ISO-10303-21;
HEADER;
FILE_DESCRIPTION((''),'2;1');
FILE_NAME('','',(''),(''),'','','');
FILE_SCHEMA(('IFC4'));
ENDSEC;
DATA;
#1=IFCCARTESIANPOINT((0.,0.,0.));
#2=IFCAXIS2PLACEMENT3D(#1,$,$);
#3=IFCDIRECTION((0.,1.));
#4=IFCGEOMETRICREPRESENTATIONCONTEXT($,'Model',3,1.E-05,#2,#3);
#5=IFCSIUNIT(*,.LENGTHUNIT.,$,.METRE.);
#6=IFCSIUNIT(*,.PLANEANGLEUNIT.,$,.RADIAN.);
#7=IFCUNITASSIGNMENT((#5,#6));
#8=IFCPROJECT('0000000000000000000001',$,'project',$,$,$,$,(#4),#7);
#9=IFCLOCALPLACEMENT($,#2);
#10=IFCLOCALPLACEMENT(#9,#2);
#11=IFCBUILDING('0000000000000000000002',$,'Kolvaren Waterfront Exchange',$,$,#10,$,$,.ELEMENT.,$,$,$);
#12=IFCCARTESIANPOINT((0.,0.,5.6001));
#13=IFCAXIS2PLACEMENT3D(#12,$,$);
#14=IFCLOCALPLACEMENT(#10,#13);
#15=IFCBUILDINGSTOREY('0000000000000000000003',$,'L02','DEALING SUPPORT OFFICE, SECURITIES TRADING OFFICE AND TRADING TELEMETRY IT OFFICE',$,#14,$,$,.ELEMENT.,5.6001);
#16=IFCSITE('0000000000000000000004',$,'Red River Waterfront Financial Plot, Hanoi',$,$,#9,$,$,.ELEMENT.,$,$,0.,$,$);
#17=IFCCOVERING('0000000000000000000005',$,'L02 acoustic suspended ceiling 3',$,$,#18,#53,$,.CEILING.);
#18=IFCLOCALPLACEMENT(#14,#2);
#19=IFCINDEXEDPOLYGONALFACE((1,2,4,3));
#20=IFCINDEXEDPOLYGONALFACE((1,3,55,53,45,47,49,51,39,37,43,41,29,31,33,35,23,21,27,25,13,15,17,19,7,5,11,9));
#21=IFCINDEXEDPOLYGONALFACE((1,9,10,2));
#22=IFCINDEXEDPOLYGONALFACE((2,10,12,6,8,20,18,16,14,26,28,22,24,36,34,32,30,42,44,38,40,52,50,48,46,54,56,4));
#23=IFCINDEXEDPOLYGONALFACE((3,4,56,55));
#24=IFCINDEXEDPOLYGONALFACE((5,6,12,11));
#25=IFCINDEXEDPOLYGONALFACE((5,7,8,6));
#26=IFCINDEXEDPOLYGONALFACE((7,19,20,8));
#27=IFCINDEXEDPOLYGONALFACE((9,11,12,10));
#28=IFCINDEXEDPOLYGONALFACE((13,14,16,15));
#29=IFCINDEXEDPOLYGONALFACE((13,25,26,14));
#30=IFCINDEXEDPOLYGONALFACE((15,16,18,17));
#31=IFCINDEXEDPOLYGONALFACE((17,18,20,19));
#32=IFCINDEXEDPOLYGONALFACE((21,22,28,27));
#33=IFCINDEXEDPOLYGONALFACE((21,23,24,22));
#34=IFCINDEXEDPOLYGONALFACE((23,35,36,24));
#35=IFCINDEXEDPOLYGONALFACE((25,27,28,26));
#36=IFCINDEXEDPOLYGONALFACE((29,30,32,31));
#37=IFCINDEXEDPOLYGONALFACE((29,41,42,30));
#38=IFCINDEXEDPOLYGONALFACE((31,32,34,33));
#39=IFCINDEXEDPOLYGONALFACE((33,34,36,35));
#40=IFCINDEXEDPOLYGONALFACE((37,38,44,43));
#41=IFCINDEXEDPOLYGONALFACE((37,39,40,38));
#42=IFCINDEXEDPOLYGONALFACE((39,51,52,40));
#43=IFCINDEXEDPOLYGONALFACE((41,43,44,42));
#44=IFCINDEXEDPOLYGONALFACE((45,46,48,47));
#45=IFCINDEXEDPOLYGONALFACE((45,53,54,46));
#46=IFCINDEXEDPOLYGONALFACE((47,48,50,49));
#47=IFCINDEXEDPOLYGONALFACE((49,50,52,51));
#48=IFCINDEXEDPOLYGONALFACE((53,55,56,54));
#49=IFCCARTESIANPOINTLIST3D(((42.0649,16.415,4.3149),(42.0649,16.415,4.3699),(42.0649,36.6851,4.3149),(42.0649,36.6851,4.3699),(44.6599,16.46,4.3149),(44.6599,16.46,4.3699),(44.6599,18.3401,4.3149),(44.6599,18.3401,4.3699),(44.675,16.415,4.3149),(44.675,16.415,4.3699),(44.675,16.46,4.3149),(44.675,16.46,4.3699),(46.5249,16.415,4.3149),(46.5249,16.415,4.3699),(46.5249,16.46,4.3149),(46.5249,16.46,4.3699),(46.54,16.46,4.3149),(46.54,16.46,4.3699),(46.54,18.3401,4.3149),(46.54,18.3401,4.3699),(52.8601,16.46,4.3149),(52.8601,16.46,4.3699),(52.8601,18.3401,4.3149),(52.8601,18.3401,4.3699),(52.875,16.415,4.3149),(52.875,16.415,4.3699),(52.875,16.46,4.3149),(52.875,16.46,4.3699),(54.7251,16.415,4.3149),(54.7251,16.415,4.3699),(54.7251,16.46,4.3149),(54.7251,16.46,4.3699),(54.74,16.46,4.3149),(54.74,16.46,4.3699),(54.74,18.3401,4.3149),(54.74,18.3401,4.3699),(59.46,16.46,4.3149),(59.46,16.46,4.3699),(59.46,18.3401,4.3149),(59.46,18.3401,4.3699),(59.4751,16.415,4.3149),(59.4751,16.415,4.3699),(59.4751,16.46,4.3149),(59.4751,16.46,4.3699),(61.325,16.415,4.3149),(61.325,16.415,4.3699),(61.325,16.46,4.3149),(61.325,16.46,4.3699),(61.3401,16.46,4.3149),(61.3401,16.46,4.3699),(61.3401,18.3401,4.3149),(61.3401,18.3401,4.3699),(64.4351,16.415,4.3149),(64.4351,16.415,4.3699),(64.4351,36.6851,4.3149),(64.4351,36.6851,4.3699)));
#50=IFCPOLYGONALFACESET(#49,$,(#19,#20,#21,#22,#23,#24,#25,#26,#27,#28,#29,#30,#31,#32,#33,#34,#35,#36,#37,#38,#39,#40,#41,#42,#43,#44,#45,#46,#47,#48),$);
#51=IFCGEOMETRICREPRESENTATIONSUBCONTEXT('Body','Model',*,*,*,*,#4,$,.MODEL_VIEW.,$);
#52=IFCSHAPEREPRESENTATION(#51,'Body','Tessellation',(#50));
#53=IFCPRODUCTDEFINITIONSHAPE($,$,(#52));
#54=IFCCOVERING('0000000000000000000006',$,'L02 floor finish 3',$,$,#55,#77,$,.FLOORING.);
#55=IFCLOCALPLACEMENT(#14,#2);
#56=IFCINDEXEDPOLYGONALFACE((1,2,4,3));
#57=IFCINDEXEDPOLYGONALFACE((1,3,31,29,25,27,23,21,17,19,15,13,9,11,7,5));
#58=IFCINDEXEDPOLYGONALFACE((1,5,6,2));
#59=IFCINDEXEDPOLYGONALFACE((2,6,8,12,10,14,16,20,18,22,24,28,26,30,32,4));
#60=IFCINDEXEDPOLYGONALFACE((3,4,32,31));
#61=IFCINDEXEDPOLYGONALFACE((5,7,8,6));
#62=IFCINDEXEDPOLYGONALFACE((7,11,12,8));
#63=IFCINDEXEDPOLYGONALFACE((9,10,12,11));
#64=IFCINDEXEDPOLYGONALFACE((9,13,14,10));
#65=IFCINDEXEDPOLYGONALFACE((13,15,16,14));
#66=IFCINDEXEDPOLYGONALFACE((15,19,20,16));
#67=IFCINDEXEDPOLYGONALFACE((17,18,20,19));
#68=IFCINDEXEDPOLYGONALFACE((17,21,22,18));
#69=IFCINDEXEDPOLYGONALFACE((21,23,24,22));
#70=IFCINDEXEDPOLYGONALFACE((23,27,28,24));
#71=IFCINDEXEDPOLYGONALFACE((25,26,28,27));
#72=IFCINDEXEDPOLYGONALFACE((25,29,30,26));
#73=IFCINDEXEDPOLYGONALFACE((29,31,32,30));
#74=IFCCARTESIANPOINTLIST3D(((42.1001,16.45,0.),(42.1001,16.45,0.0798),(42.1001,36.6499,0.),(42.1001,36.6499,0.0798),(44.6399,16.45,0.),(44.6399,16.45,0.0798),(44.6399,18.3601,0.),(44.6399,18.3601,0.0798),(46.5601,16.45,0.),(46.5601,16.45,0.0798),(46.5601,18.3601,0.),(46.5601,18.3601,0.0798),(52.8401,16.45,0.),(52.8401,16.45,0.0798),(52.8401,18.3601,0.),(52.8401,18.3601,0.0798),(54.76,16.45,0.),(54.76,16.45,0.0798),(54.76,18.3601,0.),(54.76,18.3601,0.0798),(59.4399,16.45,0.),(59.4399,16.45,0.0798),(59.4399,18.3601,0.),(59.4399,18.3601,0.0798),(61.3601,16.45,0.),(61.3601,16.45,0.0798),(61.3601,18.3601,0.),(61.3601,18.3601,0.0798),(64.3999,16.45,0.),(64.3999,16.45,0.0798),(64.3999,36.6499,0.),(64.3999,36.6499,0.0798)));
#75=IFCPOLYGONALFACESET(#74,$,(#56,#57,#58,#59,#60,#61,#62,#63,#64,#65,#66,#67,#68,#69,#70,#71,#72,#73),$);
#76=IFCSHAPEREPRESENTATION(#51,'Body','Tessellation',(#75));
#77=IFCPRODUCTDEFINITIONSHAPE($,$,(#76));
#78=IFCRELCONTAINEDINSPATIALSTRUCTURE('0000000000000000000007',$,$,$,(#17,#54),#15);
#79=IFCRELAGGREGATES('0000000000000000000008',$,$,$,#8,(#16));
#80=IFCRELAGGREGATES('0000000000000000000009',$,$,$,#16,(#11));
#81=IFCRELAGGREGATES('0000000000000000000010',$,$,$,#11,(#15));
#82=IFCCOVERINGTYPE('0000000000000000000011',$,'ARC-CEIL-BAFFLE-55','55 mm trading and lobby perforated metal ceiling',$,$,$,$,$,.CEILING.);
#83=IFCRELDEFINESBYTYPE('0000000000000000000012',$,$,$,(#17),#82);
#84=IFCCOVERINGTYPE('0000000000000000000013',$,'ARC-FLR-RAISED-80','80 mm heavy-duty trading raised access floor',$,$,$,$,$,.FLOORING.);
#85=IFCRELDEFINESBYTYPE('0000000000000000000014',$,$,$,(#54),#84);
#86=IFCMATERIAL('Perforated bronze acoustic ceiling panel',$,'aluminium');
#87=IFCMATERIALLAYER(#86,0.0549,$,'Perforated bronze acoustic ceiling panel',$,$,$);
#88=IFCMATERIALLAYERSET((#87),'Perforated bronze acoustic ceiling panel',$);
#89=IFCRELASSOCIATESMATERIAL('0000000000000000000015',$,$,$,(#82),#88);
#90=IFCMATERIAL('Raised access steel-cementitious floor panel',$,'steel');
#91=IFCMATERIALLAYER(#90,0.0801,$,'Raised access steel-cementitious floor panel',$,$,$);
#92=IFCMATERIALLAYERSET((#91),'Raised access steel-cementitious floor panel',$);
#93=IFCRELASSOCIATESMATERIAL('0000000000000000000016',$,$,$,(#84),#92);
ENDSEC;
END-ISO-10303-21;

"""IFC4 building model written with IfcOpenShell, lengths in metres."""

from ifc_helpers import new_model, si_unit, direction, frame, origin, place, context, subcontext, project, spatial, polyline, outline, extrude, material, layer, layer_set, type_object, element, save


model = new_model("IFC4")

# Units and contexts
model_context = context("Model", 3, precision=1e-05, world=origin(), true_north=direction((0.0, 1.0)))
body_context = subcontext(model_context, "Body", "Model", "MODEL_VIEW")
ifc_project = project(units=[si_unit("LENGTHUNIT", "METRE"), si_unit("PLANEANGLEUNIT", "RADIAN")], contexts=[model_context])

# Site, building, storey
site_placement = place(None, origin())
site = spatial("IfcSite", under=ifc_project, at=site_placement, Name="Red River Waterfront Financial Plot, Hanoi", CompositionType="ELEMENT", RefElevation=0.0)
building_placement = place(site_placement, origin())
building = spatial("IfcBuilding", under=site, at=building_placement, Name="Kolvaren Waterfront Exchange", CompositionType="ELEMENT")
storey_placement = place(building_placement, frame((0.0, 0.0, 5.6001)))
storey = spatial("IfcBuildingStorey", under=building, at=storey_placement, Name="L02", Description="DEALING SUPPORT OFFICE, SECURITIES TRADING OFFICE AND TRADING TELEMETRY IT OFFICE", CompositionType="ELEMENT", Elevation=5.6001)

# Coverings
ifc_material_1 = material(Name="Perforated bronze acoustic ceiling panel", Category="aluminium")
ifc_layer_1 = layer(ifc_material_1, 0.0549, Name="Perforated bronze acoustic ceiling panel")
ifc_layer_set_1 = layer_set([ifc_layer_1], Name="Perforated bronze acoustic ceiling panel")
covering_type_1 = type_object("IfcCoveringType", Name="ARC-CEIL-BAFFLE-55", Description="55 mm trading and lobby perforated metal ceiling", PredefinedType="CEILING", material=ifc_layer_set_1)
covering_1_placement = place(storey_placement, frame((0.0, 0.0, 4.3149)))
element("IfcCovering", 1, at=covering_1_placement, inside=storey, type_object=covering_type_1, Name="L02 acoustic suspended ceiling 3", PredefinedType="CEILING", context=body_context, shape_type="SweptSolid", body=[
    extrude(outline(polyline([(64.4351, 16.415), (64.4351, 36.6851), (42.0649, 36.6851), (42.0649, 16.415), (44.675, 16.415), (44.675, 16.46), (44.6599, 16.46), (44.6599, 18.3401), (46.54, 18.3401), (46.54, 16.46), (46.5249, 16.46), (46.5249, 16.415), (52.875, 16.415), (52.875, 16.46), (52.8601, 16.46), (52.8601, 18.3401), (54.74, 18.3401), (54.74, 16.46), (54.7251, 16.46), (54.7251, 16.415), (59.4751, 16.415), (59.4751, 16.46), (59.46, 16.46), (59.46, 18.3401), (61.3401, 18.3401), (61.3401, 16.46), (61.325, 16.46), (61.325, 16.415), (64.4351, 16.415)])), origin(), (0.0, 0.0, 1.0), 0.0549),
])
ifc_material_2 = material(Name="Raised access steel-cementitious floor panel", Category="steel")
ifc_layer_2 = layer(ifc_material_2, 0.0801, Name="Raised access steel-cementitious floor panel")
ifc_layer_set_2 = layer_set([ifc_layer_2], Name="Raised access steel-cementitious floor panel")
covering_type_2 = type_object("IfcCoveringType", Name="ARC-FLR-RAISED-80", Description="80 mm heavy-duty trading raised access floor", PredefinedType="FLOORING", material=ifc_layer_set_2)
covering_2_placement = place(storey_placement, origin())
element("IfcCovering", 2, at=covering_2_placement, inside=storey, type_object=covering_type_2, Name="L02 floor finish 3", PredefinedType="FLOORING", context=body_context, shape_type="SweptSolid", body=[
    extrude(outline(polyline([(42.1001, 36.6499), (42.1001, 16.45), (44.6399, 16.45), (44.6399, 18.3601), (46.5601, 18.3601), (46.5601, 16.45), (52.8401, 16.45), (52.8401, 18.3601), (54.76, 18.3601), (54.76, 16.45), (59.4399, 16.45), (59.4399, 18.3601), (61.3601, 18.3601), (61.3601, 16.45), (64.3999, 16.45), (64.3999, 36.6499), (42.1001, 36.6499)])), origin(), (0.0, 0.0, 1.0), 0.0798),
])

save(model, "model.ifc")
